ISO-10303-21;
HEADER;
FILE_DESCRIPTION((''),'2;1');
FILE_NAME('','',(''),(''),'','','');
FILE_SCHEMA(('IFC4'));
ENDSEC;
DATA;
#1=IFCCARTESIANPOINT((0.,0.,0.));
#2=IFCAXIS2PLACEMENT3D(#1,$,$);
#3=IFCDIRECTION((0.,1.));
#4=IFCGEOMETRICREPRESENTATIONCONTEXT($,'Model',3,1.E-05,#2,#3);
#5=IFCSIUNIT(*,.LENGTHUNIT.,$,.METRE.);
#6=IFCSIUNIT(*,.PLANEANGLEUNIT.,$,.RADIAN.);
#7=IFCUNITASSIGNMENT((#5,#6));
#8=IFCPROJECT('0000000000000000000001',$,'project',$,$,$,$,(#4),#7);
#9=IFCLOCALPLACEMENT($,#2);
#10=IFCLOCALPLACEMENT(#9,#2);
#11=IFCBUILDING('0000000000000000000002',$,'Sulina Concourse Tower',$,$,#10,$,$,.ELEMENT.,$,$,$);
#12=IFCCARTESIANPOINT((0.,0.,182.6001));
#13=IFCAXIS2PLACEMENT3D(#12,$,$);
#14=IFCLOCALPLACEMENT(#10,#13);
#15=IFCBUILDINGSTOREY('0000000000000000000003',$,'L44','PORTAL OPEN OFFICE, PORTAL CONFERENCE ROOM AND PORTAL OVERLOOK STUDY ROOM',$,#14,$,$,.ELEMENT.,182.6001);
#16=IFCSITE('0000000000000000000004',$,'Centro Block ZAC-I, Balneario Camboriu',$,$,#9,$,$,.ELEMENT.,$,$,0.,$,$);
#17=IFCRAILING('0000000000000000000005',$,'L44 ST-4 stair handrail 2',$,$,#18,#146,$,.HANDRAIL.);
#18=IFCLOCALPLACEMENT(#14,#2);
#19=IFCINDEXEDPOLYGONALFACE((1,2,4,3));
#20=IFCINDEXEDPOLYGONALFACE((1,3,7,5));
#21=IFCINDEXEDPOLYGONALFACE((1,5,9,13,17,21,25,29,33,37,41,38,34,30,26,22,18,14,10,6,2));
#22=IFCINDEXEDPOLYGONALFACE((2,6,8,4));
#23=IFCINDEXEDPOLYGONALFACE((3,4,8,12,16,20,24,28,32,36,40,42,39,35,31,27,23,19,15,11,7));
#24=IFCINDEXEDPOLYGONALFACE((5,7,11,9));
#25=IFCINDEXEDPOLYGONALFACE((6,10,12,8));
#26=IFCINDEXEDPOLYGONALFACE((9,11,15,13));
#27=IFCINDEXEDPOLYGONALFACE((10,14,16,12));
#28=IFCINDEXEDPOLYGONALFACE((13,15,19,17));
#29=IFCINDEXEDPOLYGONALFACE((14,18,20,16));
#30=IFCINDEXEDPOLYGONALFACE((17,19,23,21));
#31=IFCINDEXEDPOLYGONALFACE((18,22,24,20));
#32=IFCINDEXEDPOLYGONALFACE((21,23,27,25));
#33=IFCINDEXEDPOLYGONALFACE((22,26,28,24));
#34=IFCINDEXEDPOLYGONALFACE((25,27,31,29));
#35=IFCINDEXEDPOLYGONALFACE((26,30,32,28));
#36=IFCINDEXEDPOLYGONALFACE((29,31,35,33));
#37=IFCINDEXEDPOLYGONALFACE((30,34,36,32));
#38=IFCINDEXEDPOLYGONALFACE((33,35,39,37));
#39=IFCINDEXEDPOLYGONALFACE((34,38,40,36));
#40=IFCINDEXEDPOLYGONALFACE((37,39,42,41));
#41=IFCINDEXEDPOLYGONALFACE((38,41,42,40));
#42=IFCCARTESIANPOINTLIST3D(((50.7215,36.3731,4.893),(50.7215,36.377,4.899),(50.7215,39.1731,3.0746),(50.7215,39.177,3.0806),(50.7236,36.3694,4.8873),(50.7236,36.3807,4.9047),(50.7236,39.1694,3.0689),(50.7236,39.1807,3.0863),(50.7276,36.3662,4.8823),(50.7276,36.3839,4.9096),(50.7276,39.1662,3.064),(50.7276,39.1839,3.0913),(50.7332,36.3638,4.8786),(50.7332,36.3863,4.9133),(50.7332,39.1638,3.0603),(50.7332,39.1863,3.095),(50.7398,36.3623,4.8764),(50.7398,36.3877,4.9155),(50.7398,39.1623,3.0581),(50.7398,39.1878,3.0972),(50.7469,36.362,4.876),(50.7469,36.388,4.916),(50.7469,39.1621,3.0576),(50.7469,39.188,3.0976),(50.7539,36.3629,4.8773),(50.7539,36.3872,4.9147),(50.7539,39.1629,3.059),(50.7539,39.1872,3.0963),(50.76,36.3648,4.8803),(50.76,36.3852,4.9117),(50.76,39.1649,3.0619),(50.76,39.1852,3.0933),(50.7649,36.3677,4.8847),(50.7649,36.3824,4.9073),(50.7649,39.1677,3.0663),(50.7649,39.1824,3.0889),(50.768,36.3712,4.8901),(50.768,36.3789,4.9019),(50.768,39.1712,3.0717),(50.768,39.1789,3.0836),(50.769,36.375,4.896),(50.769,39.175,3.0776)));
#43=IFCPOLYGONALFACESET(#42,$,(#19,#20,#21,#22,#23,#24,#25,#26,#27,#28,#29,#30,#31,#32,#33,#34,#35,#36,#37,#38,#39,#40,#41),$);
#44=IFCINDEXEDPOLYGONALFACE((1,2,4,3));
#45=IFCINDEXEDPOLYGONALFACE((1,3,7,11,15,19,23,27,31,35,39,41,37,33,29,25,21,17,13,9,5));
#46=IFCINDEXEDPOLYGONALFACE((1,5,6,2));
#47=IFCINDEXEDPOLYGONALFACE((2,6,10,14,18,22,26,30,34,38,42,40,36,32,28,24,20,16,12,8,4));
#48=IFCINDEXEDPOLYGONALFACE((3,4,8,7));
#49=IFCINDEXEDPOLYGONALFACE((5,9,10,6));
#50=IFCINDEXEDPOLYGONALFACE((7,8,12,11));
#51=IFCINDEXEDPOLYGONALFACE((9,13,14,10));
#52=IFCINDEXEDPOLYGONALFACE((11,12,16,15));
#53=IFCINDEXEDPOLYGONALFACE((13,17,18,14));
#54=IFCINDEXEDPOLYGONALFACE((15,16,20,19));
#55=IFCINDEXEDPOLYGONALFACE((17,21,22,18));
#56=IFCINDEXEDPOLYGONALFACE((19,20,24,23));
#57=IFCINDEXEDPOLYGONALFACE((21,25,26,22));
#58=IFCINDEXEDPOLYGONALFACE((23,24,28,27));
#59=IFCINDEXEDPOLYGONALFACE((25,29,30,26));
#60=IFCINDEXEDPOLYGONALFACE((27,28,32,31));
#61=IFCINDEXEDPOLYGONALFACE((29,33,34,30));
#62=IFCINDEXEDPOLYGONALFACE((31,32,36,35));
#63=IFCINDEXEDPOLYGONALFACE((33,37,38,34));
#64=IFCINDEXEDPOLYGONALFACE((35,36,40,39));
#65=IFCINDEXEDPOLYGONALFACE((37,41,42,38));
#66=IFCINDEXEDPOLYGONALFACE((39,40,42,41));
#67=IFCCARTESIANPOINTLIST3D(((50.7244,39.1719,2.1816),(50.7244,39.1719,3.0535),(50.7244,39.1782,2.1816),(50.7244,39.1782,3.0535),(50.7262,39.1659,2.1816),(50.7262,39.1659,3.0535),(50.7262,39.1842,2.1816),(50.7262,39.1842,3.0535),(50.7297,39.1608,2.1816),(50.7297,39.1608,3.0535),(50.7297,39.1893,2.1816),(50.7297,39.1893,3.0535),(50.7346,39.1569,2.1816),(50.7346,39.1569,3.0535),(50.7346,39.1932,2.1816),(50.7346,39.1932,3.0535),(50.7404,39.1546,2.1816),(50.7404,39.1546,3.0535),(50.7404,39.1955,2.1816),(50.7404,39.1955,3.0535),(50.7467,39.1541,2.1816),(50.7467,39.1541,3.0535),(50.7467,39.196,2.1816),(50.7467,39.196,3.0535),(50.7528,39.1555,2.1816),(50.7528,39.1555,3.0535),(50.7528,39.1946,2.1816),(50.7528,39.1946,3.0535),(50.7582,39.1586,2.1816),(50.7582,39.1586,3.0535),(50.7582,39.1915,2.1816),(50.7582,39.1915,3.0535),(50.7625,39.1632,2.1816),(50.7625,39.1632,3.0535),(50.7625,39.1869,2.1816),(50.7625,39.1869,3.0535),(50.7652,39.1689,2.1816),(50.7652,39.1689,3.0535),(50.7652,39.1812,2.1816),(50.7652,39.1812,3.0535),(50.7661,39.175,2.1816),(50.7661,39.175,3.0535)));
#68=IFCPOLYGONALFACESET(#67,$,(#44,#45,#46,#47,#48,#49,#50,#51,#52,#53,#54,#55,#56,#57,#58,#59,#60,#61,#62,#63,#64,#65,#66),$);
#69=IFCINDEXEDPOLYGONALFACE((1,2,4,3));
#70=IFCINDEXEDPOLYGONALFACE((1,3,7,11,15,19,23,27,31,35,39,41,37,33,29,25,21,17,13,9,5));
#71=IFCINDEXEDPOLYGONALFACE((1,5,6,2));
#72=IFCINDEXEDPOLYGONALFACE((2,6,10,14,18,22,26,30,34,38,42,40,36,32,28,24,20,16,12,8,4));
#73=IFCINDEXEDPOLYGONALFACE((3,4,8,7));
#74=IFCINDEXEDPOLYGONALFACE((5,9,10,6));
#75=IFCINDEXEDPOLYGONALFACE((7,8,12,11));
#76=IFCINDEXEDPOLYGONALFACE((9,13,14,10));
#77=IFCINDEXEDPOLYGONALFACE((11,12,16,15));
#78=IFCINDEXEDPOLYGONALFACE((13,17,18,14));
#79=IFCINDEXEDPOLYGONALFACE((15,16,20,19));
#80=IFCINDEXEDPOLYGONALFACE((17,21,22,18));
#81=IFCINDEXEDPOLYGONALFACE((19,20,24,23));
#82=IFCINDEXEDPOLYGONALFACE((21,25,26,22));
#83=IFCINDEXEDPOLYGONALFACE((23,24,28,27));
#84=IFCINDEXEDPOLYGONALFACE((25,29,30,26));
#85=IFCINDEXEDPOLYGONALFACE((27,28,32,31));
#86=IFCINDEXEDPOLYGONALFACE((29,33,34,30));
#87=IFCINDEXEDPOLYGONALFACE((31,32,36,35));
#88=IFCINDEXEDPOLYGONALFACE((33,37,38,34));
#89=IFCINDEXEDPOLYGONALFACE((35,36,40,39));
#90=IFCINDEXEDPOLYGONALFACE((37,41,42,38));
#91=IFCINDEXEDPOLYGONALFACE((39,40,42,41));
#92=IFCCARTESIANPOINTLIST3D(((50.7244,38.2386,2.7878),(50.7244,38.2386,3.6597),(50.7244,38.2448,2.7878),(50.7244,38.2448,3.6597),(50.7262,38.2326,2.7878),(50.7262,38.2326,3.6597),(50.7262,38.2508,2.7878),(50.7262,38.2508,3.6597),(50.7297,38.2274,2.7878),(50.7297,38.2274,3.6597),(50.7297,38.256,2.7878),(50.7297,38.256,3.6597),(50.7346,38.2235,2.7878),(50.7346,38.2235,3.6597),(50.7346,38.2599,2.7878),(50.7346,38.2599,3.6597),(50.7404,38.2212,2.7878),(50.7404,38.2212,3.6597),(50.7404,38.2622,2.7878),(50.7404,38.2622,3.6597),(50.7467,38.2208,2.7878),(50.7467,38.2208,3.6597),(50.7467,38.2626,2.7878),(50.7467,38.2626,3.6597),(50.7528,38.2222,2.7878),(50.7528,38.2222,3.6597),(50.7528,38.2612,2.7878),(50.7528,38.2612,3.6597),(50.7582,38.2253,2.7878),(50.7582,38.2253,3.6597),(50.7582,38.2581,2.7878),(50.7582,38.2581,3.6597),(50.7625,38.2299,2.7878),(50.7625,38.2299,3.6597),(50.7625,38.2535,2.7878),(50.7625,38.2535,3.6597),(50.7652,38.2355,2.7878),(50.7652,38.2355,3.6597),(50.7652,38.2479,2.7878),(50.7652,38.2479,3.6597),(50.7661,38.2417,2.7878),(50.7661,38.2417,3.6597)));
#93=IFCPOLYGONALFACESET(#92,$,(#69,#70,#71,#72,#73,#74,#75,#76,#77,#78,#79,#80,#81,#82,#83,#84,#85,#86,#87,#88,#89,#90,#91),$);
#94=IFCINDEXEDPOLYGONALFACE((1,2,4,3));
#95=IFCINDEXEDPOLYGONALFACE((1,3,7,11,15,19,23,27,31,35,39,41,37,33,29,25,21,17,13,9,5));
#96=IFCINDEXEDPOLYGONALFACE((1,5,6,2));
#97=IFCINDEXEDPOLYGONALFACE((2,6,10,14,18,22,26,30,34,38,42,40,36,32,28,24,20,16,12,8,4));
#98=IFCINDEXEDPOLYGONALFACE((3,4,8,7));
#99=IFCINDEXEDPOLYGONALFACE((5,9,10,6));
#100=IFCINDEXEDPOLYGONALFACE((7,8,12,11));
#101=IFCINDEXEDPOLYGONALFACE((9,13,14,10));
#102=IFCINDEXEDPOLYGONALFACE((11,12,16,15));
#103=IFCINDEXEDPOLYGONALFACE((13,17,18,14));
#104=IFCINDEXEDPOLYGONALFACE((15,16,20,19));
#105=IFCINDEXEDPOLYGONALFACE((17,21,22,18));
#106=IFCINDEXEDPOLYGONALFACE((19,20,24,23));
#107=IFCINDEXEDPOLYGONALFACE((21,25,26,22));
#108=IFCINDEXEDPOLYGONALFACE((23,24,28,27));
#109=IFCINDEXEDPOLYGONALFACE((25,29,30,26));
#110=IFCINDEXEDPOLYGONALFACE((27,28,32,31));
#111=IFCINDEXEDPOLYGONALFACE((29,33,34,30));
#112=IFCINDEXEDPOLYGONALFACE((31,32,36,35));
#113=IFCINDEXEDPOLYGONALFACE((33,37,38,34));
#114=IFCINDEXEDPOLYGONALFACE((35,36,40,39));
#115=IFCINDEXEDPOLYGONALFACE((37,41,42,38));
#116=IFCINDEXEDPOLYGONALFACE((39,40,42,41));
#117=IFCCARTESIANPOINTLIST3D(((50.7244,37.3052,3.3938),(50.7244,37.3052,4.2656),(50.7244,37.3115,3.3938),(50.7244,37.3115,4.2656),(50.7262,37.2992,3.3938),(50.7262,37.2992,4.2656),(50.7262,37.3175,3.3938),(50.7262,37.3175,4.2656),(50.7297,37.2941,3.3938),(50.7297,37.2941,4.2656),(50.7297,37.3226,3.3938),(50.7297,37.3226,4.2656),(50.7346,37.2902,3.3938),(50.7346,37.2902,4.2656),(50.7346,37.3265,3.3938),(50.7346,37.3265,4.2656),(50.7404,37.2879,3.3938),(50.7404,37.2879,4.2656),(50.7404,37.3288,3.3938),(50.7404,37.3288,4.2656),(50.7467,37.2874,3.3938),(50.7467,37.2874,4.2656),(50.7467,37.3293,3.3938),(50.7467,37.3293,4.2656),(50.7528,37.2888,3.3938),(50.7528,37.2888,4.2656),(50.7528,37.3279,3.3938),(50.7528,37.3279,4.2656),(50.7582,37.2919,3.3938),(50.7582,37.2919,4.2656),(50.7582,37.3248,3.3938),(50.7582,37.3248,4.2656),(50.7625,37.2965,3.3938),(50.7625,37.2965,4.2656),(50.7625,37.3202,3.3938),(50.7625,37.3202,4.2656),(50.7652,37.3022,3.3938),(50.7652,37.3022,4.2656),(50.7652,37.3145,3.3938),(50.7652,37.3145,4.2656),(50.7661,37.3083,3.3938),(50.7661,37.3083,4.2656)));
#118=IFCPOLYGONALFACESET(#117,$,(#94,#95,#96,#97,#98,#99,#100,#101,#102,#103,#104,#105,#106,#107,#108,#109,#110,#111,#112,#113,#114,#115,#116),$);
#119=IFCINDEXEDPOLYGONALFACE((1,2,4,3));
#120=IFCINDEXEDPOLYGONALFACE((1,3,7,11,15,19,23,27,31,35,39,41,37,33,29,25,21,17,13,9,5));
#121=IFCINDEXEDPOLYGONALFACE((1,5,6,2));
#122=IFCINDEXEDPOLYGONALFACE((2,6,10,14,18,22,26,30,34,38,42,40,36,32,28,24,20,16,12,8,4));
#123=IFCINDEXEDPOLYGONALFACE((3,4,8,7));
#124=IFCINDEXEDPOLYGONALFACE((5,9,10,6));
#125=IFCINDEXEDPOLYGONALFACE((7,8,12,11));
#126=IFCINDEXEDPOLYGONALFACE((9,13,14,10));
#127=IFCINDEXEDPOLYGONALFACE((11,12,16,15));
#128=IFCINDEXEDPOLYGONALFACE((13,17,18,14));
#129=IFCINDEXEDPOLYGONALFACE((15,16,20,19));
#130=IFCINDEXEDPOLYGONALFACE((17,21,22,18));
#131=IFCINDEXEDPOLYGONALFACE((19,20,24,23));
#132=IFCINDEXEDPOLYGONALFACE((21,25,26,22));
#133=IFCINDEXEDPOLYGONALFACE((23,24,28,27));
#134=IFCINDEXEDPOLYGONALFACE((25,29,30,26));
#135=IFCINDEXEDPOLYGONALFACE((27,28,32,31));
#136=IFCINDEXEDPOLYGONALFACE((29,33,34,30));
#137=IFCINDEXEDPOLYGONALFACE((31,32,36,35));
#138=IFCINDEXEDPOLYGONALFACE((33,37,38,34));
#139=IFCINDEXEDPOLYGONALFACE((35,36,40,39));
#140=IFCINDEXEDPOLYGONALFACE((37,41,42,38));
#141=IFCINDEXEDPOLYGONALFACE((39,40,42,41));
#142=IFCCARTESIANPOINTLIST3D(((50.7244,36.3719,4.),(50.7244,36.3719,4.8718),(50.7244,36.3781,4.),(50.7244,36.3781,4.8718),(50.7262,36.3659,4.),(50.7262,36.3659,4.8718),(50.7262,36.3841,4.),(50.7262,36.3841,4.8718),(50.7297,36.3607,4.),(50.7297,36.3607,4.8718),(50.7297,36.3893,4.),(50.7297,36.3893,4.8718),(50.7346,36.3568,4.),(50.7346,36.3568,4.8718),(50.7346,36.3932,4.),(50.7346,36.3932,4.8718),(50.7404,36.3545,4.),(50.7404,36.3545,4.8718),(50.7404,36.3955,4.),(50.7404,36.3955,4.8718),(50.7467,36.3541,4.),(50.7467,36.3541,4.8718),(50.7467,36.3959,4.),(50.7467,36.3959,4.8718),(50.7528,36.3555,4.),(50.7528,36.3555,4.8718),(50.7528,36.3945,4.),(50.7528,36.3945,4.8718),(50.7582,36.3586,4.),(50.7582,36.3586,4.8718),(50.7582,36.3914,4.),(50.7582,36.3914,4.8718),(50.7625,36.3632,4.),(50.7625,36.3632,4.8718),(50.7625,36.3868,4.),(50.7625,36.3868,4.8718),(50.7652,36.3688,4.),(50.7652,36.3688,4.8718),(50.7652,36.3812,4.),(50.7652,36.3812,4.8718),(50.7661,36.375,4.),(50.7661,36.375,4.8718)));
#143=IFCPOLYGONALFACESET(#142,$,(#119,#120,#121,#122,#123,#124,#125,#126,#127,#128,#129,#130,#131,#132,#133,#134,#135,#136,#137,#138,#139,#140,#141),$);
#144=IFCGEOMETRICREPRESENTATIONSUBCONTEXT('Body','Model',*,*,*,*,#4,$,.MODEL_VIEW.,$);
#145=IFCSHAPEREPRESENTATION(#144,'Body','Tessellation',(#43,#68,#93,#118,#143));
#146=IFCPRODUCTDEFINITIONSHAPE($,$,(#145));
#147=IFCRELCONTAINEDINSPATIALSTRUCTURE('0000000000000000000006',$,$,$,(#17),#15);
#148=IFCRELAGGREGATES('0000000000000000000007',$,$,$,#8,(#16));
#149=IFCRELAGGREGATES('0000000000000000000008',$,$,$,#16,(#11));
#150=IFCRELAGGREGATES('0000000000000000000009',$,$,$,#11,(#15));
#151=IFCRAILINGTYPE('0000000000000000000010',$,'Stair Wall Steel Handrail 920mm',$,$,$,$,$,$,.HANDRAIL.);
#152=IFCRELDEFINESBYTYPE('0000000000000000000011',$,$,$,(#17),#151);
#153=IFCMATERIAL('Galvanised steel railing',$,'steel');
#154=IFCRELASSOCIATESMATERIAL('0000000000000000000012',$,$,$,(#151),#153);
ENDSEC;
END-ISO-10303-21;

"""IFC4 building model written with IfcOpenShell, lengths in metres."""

from ifc_helpers import new_model, si_unit, direction, frame, origin, origin_2d, place, context, subcontext, project, spatial, circle, extrude, material, type_object, element, save


model = new_model("IFC4")

# Units and contexts
model_context = context("Model", 3, precision=1e-05, world=origin(), true_north=direction((0.0, 1.0)))
body_context = subcontext(model_context, "Body", "Model", "MODEL_VIEW")
ifc_project = project(units=[si_unit("LENGTHUNIT", "METRE"), si_unit("PLANEANGLEUNIT", "RADIAN")], contexts=[model_context])

# Site, building, storey
site_placement = place(None, origin())
site = spatial("IfcSite", under=ifc_project, at=site_placement, Name="Centro Block ZAC-I, Balneario Camboriu", CompositionType="ELEMENT", RefElevation=0.0)
building_placement = place(site_placement, origin())
building = spatial("IfcBuilding", under=site, at=building_placement, Name="Sulina Concourse Tower", CompositionType="ELEMENT")
storey_placement = place(building_placement, frame((0.0, 0.0, 182.6001)))
storey = spatial("IfcBuildingStorey", under=building, at=storey_placement, Name="L44", Description="PORTAL OPEN OFFICE, PORTAL CONFERENCE ROOM AND PORTAL OVERLOOK STUDY ROOM", CompositionType="ELEMENT", Elevation=182.6001)

# Railing
ifc_material_1 = material(Name="Galvanised steel railing", Category="steel")
railing_type_1 = type_object("IfcRailingType", Name="Stair Wall Steel Handrail 920mm", PredefinedType="HANDRAIL", material=ifc_material_1)
railing_1_placement = place(storey_placement, frame((50.7451, 39.175, 2.1816)))
element("IfcRailing", 1, at=railing_1_placement, inside=storey, type_object=railing_type_1, Name="L44 ST-4 stair handrail 2", PredefinedType="HANDRAIL", context=body_context, shape_type="SweptSolid", body=[
    extrude(circle(Radius=0.0239, at=origin_2d()), frame((0.0, 0.0, 0.896), z_axis=(0.0, -0.838672, 0.544636), x_axis=(1.0, 0.0, 0.0)), (0.0, 0.0, 1.0), 3.3386),
    extrude(circle(Radius=0.021, at=origin_2d()), origin(), (0.0, 0.0, 1.0), 0.8718),
    extrude(circle(Radius=0.021, at=origin_2d()), frame((0.0, -0.9333, 0.6062)), (0.0, 0.0, 1.0), 0.8718),
    extrude(circle(Radius=0.021, at=origin_2d()), frame((0.0, -1.8667, 1.2122)), (0.0, 0.0, 1.0), 0.8718),
    extrude(circle(Radius=0.021, at=origin_2d()), frame((0.0, -2.8, 1.8184)), (0.0, 0.0, 1.0), 0.8718),
])

save(model, "model.ifc")
